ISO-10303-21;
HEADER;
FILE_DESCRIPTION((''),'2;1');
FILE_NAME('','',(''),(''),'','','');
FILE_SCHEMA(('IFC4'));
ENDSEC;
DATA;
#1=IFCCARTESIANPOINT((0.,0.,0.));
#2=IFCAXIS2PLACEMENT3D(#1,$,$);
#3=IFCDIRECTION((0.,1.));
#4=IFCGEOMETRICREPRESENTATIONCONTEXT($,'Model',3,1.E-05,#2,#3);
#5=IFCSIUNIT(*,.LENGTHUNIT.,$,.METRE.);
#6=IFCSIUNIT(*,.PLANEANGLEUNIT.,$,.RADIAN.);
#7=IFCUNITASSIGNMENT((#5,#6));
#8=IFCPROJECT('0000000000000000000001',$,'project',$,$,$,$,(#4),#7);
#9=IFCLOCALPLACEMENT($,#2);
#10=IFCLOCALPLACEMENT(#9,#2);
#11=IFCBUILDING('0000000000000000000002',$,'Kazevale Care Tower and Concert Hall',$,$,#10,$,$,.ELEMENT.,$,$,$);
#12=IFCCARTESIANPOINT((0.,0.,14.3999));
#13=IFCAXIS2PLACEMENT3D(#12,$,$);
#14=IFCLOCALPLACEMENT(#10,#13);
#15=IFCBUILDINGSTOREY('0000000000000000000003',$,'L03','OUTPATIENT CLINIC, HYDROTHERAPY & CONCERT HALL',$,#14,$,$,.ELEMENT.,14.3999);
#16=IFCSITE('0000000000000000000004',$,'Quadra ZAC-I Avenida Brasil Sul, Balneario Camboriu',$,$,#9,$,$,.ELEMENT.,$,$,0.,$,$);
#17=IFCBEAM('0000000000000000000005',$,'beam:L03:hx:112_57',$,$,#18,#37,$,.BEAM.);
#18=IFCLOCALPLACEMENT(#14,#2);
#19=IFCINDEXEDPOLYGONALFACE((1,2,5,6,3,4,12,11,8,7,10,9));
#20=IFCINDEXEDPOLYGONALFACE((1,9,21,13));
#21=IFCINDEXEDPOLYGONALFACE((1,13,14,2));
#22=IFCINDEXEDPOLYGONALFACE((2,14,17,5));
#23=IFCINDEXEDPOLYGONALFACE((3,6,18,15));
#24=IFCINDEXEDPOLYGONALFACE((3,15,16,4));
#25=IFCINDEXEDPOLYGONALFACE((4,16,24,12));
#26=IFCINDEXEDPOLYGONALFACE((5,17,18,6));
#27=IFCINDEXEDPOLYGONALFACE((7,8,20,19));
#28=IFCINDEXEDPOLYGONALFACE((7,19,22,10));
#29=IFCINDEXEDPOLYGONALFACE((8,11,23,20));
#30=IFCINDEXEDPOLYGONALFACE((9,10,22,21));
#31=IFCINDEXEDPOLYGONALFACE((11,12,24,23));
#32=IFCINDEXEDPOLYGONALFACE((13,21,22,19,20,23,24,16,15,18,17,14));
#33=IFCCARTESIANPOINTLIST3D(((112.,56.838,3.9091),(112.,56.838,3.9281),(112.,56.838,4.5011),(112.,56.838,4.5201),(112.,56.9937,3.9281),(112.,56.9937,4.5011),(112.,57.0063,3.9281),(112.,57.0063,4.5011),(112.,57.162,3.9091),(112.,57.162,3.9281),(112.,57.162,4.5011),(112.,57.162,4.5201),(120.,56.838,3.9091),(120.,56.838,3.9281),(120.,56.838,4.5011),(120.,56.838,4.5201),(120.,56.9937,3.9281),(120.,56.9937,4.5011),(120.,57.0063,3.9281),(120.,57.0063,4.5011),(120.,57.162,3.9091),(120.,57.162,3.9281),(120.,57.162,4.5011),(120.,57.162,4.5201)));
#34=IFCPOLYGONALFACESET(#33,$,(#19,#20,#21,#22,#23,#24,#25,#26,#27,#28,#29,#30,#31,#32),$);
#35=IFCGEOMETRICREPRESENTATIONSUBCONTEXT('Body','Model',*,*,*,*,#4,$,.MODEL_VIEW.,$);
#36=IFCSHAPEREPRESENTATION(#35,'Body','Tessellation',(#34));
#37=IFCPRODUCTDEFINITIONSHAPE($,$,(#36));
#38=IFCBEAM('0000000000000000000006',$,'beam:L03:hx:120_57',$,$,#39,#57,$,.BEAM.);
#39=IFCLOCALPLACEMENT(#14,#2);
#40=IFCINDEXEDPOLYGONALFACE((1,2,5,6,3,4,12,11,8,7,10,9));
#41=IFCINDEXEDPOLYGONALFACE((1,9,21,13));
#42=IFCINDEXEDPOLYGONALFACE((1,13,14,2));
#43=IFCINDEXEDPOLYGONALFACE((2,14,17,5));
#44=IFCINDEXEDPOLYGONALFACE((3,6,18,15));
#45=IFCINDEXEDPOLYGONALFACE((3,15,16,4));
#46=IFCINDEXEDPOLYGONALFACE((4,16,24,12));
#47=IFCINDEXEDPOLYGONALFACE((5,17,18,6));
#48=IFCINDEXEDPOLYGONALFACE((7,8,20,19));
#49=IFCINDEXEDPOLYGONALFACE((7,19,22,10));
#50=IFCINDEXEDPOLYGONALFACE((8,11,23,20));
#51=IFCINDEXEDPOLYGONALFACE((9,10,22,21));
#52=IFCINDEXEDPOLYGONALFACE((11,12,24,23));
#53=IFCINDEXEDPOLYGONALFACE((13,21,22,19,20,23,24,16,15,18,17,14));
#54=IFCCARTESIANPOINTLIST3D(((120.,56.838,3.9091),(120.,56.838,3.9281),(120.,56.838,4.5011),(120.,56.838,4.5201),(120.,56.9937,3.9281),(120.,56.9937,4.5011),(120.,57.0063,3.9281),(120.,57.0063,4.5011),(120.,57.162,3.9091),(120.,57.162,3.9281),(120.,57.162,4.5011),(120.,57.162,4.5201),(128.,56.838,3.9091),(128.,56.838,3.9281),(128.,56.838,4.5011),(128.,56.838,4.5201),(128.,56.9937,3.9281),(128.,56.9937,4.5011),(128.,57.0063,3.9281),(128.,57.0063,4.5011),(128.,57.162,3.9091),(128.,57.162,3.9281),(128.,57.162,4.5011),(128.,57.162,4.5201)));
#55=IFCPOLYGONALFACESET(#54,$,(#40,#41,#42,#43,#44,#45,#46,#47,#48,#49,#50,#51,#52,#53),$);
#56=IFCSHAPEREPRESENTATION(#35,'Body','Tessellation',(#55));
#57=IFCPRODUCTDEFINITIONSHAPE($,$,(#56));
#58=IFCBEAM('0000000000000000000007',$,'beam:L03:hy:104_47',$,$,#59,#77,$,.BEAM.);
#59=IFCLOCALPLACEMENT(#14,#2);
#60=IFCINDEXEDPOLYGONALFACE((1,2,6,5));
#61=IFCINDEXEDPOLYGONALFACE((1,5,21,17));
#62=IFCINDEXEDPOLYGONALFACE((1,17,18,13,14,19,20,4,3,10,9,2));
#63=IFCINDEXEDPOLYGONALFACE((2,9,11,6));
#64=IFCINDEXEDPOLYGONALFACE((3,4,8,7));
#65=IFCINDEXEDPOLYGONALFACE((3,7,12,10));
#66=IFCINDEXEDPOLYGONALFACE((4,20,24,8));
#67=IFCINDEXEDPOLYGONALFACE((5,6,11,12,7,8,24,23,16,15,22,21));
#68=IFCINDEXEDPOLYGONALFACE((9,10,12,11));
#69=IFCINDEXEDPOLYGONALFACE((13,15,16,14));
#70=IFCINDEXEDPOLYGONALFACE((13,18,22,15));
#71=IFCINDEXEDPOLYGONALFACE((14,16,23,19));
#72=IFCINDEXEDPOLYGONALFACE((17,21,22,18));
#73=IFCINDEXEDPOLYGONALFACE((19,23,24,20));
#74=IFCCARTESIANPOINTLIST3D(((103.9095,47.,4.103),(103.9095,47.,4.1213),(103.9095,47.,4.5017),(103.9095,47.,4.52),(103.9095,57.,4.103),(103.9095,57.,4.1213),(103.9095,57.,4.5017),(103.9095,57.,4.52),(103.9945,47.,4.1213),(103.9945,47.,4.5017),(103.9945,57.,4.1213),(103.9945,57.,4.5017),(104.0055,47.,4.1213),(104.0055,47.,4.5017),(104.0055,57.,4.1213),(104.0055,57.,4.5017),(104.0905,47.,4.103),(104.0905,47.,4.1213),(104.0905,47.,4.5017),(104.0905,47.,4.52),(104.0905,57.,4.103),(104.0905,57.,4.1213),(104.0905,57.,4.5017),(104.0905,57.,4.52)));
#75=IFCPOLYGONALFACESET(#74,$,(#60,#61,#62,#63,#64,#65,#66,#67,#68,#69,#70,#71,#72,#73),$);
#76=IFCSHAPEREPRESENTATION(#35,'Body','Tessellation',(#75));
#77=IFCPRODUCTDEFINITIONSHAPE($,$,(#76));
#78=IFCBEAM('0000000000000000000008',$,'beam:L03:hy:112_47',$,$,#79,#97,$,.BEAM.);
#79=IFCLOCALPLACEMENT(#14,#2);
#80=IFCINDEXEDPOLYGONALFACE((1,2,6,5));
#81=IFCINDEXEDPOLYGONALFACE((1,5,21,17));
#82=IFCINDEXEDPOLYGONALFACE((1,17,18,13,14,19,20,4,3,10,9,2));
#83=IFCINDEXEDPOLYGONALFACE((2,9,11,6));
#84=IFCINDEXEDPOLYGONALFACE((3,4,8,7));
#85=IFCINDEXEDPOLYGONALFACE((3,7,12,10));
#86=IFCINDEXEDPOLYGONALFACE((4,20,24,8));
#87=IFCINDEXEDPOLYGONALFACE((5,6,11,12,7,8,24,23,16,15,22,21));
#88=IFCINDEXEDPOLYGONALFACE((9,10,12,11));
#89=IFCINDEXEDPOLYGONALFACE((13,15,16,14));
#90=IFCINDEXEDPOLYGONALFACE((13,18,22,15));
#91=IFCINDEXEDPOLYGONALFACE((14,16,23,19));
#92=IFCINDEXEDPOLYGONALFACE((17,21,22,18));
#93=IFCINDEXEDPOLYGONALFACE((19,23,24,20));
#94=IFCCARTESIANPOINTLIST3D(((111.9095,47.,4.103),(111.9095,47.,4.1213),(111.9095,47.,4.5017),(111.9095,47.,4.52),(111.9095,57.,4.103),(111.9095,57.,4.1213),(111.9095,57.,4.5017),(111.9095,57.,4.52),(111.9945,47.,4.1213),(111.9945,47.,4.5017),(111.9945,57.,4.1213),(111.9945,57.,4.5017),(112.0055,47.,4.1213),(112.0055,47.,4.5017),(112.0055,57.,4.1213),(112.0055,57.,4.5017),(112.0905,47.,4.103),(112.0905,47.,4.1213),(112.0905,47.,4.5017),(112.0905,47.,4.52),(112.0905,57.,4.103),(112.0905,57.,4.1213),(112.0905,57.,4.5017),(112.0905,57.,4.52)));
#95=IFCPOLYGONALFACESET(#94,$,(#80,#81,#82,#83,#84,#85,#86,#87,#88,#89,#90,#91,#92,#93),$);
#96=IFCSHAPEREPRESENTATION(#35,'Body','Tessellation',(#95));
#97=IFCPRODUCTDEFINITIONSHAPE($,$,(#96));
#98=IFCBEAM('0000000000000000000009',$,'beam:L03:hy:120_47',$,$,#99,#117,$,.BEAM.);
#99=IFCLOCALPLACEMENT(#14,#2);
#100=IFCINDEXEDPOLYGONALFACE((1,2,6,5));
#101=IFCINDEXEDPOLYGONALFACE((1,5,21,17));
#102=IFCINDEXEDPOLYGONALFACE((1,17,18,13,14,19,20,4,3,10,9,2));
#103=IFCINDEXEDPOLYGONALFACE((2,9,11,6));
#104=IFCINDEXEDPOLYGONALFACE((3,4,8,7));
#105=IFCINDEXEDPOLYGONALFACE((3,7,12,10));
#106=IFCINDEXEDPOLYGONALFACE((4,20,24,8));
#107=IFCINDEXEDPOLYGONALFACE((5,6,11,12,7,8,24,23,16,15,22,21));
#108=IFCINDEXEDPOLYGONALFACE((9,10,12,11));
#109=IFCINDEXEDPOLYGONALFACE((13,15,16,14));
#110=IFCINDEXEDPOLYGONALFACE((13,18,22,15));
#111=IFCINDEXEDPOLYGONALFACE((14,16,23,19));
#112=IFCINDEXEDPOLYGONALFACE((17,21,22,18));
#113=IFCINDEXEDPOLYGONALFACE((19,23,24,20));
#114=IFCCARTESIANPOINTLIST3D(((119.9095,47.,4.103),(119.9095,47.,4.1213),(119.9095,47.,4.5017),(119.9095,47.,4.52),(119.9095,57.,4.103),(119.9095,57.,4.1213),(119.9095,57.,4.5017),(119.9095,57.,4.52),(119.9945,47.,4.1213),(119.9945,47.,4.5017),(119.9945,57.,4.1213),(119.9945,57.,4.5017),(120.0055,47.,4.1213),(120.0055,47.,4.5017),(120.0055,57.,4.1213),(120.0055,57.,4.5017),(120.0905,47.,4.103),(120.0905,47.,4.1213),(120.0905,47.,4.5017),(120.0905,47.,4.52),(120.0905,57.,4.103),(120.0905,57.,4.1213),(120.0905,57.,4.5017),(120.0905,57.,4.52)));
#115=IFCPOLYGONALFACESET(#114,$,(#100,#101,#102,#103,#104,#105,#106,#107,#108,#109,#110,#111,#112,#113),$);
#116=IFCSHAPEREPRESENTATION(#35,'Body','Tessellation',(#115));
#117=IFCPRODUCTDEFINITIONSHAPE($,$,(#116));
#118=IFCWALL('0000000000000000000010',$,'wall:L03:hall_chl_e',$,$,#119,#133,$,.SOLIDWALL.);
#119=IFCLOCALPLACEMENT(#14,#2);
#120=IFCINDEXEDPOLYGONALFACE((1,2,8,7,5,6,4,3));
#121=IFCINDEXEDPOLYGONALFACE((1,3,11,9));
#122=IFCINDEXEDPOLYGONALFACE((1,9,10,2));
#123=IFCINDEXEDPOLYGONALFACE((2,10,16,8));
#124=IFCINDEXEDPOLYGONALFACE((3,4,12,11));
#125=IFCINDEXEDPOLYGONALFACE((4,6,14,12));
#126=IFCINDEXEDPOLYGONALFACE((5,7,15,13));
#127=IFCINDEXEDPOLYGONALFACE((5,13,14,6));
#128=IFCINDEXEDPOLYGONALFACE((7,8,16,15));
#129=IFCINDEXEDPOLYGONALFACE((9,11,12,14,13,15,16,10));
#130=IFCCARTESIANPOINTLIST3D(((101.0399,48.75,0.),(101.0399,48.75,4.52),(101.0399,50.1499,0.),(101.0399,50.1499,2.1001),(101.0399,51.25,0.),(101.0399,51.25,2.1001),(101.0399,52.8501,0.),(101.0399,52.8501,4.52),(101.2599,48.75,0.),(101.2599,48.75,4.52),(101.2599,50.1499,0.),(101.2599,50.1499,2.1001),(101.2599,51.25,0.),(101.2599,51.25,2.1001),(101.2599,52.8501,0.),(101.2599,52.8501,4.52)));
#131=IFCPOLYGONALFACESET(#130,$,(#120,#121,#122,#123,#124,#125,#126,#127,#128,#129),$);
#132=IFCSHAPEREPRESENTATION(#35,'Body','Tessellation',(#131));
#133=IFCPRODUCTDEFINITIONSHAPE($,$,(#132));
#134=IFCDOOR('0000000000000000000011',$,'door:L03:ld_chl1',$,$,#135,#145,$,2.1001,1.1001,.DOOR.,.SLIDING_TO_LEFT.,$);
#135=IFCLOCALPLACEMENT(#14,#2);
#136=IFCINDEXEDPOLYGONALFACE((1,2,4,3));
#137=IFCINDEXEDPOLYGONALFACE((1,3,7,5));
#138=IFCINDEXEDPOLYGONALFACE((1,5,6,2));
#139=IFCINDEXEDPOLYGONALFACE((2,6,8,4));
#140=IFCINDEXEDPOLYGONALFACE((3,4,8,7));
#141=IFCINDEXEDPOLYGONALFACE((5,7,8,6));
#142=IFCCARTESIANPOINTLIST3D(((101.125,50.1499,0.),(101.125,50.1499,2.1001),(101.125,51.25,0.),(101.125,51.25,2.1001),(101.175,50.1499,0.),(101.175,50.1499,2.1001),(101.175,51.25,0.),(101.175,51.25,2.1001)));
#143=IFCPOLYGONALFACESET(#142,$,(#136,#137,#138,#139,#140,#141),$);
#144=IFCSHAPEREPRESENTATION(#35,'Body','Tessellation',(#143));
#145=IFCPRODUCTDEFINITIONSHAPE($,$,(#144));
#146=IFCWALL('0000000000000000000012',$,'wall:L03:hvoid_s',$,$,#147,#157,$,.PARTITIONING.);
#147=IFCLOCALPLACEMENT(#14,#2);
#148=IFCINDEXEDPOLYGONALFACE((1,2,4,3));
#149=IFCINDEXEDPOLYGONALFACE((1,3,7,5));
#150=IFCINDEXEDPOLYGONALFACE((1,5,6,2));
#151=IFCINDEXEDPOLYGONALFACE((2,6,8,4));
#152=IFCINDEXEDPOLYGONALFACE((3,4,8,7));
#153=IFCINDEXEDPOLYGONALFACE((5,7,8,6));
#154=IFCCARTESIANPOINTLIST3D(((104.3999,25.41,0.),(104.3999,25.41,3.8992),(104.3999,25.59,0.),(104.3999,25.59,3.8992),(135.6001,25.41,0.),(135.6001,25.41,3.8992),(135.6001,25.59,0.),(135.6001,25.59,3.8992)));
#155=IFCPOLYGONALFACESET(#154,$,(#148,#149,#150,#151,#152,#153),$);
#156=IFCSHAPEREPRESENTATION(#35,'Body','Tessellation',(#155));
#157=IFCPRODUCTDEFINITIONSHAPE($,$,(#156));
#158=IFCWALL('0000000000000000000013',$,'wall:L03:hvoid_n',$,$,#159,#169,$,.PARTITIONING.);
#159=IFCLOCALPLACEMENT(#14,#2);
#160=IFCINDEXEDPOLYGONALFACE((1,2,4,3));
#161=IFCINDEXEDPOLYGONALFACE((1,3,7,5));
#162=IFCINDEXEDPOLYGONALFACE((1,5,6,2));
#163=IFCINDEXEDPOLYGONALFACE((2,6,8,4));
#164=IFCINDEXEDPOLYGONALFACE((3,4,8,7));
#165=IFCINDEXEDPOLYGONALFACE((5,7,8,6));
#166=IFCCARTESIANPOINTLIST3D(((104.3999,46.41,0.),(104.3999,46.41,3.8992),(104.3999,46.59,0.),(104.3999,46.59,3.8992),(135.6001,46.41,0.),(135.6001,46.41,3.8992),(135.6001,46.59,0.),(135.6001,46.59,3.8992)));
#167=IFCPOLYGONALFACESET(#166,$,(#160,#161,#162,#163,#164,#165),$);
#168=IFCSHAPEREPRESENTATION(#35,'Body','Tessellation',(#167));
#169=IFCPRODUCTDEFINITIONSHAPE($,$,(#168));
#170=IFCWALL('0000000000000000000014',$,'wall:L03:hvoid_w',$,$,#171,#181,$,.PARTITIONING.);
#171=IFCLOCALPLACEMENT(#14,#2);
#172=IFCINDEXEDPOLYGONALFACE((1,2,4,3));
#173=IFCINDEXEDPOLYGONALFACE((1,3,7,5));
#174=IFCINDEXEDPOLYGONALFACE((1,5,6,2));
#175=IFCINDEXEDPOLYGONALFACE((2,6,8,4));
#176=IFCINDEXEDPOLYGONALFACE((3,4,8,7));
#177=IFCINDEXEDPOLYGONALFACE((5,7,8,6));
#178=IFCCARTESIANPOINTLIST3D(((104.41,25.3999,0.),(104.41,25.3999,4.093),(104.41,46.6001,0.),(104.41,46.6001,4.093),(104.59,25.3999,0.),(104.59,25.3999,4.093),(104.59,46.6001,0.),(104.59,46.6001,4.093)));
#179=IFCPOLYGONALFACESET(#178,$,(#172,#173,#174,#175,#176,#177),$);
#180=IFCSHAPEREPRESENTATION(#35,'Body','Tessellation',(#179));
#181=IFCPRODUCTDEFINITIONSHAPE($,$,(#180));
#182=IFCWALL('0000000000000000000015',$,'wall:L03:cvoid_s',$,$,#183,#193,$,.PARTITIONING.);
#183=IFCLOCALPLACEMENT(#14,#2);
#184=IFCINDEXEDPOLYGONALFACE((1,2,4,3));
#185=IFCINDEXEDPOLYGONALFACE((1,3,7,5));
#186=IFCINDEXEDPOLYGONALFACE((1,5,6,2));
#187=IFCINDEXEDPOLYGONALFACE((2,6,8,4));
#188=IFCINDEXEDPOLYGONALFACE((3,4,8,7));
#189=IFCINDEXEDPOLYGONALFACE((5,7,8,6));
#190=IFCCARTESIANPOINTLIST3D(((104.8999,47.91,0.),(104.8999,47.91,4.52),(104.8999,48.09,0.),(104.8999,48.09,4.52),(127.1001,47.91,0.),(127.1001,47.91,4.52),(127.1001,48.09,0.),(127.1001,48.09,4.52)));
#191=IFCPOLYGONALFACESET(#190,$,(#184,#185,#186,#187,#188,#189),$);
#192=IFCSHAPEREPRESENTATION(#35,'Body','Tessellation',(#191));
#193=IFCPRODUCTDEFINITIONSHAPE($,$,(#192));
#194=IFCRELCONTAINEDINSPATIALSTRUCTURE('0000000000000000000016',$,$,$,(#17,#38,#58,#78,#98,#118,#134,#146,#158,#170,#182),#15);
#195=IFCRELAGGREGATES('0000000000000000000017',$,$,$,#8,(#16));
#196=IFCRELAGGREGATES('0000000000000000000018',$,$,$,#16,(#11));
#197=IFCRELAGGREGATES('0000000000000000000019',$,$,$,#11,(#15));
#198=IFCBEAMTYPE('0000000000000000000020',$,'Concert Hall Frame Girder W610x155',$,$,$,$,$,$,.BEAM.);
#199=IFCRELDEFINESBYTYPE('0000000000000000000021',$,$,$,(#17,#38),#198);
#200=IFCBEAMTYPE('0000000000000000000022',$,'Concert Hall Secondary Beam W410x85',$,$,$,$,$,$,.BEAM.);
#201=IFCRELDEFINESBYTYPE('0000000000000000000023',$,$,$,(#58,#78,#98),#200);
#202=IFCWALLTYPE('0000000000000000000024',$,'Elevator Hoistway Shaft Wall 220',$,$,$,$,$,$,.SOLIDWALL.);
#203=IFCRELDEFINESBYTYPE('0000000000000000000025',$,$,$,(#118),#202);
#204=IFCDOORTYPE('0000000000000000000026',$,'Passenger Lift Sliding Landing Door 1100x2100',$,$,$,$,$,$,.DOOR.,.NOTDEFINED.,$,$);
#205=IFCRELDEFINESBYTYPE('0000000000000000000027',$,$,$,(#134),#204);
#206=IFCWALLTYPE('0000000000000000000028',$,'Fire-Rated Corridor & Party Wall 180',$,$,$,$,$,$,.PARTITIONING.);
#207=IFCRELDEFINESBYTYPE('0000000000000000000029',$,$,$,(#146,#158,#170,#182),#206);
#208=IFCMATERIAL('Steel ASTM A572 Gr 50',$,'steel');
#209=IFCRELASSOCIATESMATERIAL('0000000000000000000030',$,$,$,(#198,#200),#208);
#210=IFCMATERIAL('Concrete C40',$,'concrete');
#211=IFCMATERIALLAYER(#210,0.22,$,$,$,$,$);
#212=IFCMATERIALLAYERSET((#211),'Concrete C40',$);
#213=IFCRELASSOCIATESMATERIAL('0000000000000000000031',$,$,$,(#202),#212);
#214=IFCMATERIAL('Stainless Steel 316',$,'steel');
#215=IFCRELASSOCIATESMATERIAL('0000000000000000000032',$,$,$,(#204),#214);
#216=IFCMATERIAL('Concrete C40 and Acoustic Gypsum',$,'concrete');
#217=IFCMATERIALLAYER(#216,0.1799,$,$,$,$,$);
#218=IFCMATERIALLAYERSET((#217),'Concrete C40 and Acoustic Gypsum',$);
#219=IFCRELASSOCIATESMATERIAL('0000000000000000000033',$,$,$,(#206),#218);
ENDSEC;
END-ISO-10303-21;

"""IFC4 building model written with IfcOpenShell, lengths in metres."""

from ifc_helpers import new_model, si_unit, direction, frame, frame_2d, origin, origin_2d, place, context, subcontext, project, spatial, rectangle, i_section, extrude, material, layer, layer_set, material_profile, profile_set, type_object, element, fill, save


model = new_model("IFC4")

# Units and contexts
model_context = context("Model", 3, precision=1e-05, world=origin(), true_north=direction((0.0, 1.0)))
body_context = subcontext(model_context, "Body", "Model", "MODEL_VIEW")
ifc_project = project(units=[si_unit("LENGTHUNIT", "METRE"), si_unit("PLANEANGLEUNIT", "RADIAN")], contexts=[model_context])

# Site, building, storey
site_placement = place(None, origin())
site = spatial("IfcSite", under=ifc_project, at=site_placement, Name="Quadra ZAC-I Avenida Brasil Sul, Balneario Camboriu", CompositionType="ELEMENT", RefElevation=0.0)
building_placement = place(site_placement, origin())
building = spatial("IfcBuilding", under=site, at=building_placement, Name="Kazevale Care Tower and Concert Hall", CompositionType="ELEMENT")
storey_placement = place(building_placement, frame((0.0, 0.0, 14.3999)))
storey = spatial("IfcBuildingStorey", under=building, at=storey_placement, Name="L03", Description="OUTPATIENT CLINIC, HYDROTHERAPY & CONCERT HALL", CompositionType="ELEMENT", Elevation=14.3999)

# Beams
ifc_material_1 = material(Name="Steel ASTM A572 Gr 50", Category="steel")
ifc_material_profile_1 = material_profile(ifc_material_1, i_section(OverallWidth=0.324, OverallDepth=0.6111, WebThickness=0.0127, FlangeThickness=0.019, at=origin_2d()), Name="W610x155")
ifc_profile_set_1 = profile_set([ifc_material_profile_1], Name="Steel ASTM A572 Gr 50")
beam_type_1 = type_object("IfcBeamType", Name="Concert Hall Frame Girder W610x155", PredefinedType="BEAM", material=ifc_profile_set_1)
for number, where, z_axis, x_axis, name in (
    (1, (112.0, 57.0, 4.2146), (1.0, 0.0, 0.0), (0.0, 1.0, 0.0), "beam:L03:hx:112_57"),
    (2, (120.0, 57.0, 4.2146), (1.0, 0.0, 0.0), (0.0, 1.0, 0.0), "beam:L03:hx:120_57"),
):
    element("IfcBeam", number, at=place(storey_placement, frame(where, z_axis=z_axis, x_axis=x_axis)), inside=storey, type_object=beam_type_1, Name=name, PredefinedType="BEAM", context=body_context, shape_type="SweptSolid", body=[
        extrude(i_section(OverallWidth=0.324, OverallDepth=0.6111, WebThickness=0.0127, FlangeThickness=0.019, at=origin_2d()), origin(), (0.0, 0.0, 1.0), 8.0),
    ])
ifc_material_profile_2 = material_profile(ifc_material_1, i_section(OverallWidth=0.1809, OverallDepth=0.417, WebThickness=0.011, FlangeThickness=0.0183, at=origin_2d()), Name="W410x85")
ifc_profile_set_2 = profile_set([ifc_material_profile_2], Name="Steel ASTM A572 Gr 50")
beam_type_2 = type_object("IfcBeamType", Name="Concert Hall Secondary Beam W410x85", PredefinedType="BEAM", material=ifc_profile_set_2)
for number, where, z_axis, x_axis, name in (
    (3, (104.0, 47.0, 4.3115), (0.0, 1.0, 0.0), (-1.0, 0.0, 0.0), "beam:L03:hy:104_47"),
    (4, (112.0, 47.0, 4.3115), (0.0, 1.0, 0.0), (-1.0, 0.0, 0.0), "beam:L03:hy:112_47"),
    (5, (120.0, 47.0, 4.3115), (0.0, 1.0, 0.0), (-1.0, 0.0, 0.0), "beam:L03:hy:120_47"),
):
    element("IfcBeam", number, at=place(storey_placement, frame(where, z_axis=z_axis, x_axis=x_axis)), inside=storey, type_object=beam_type_2, Name=name, PredefinedType="BEAM", context=body_context, shape_type="SweptSolid", body=[
        extrude(i_section(OverallWidth=0.1809, OverallDepth=0.417, WebThickness=0.011, FlangeThickness=0.0183, at=origin_2d()), origin(), (0.0, 0.0, 1.0), 10.0),
    ])

# Wall, opening, door
ifc_material_2 = material(Name="Concrete C40", Category="concrete")
ifc_layer_1 = layer(ifc_material_2, 0.22)
ifc_layer_set_1 = layer_set([ifc_layer_1], Name="Concrete C40")
wall_type_1 = type_object("IfcWallType", Name="Elevator Hoistway Shaft Wall 220", PredefinedType="SOLIDWALL", material=ifc_layer_set_1)
wall_1_placement = place(storey_placement, frame((101.1499, 48.75, 0.0), z_axis=(0.0, 0.0, 1.0), x_axis=(0.0, 1.0, 0.0)))
wall_1 = element("IfcWall", 6, at=wall_1_placement, inside=storey, type_object=wall_type_1, Name="wall:L03:hall_chl_e", PredefinedType="SOLIDWALL", context=body_context, shape_type="SweptSolid", body=[
    extrude(rectangle(XDim=4.1001, YDim=0.22, at=frame_2d((2.05, 0.0))), origin(), (0.0, 0.0, 1.0), 4.52),
])
opening_1_placement = place(wall_1_placement, frame((1.3999, 0.0, 0.0)))
opening_1 = element("IfcOpeningElement", 7, at=opening_1_placement, cuts=wall_1, PredefinedType="OPENING", context=body_context, shape_type="SweptSolid", body=[
    extrude(rectangle(XDim=1.1001, YDim=2.1001, at=frame_2d((0.55, 1.05))), frame((0.0, 0.1199, 0.0), z_axis=(0.0, -1.0, 0.0), x_axis=(1.0, 0.0, 0.0)), (0.0, 0.0, 1.0), 0.24),
])
ifc_material_3 = material(Name="Stainless Steel 316", Category="steel")
door_type_1 = type_object("IfcDoorType", Name="Passenger Lift Sliding Landing Door 1100x2100", OperationType="NOTDEFINED", PredefinedType="DOOR", material=ifc_material_3)
door_1_placement = place(opening_1_placement, origin())
door_1 = element("IfcDoor", 8, at=door_1_placement, inside=storey, type_object=door_type_1, Name="door:L03:ld_chl1", OperationType="SLIDING_TO_LEFT", OverallHeight=2.1001, OverallWidth=1.1001, PredefinedType="DOOR", context=body_context, shape_type="SweptSolid", body=[
    extrude(rectangle(XDim=1.1001, YDim=2.1001, at=frame_2d((0.55, 1.05))), frame((0.0, 0.0249, 0.0), z_axis=(0.0, -1.0, 0.0), x_axis=(1.0, 0.0, 0.0)), (0.0, 0.0, 1.0), 0.05),
])
fill(opening_1, door_1)

# Walls
ifc_material_4 = material(Name="Concrete C40 and Acoustic Gypsum", Category="concrete")
ifc_layer_2 = layer(ifc_material_4, 0.1799)
ifc_layer_set_2 = layer_set([ifc_layer_2], Name="Concrete C40 and Acoustic Gypsum")
wall_type_2 = type_object("IfcWallType", Name="Fire-Rated Corridor & Party Wall 180", PredefinedType="PARTITIONING", material=ifc_layer_set_2)
for number, where, z_axis, x_axis, name in (
    (9, (104.3999, 25.5, 0.0), (0.0, 0.0, 1.0), (1.0, 0.0, 0.0), "wall:L03:hvoid_s"),
    (10, (104.3999, 46.5, 0.0), (0.0, 0.0, 1.0), (1.0, 0.0, 0.0), "wall:L03:hvoid_n"),
):
    element("IfcWall", number, at=place(storey_placement, frame(where, z_axis=z_axis, x_axis=x_axis)), inside=storey, type_object=wall_type_2, Name=name, PredefinedType="PARTITIONING", context=body_context, shape_type="SweptSolid", body=[
        extrude(rectangle(XDim=31.2002, YDim=0.1799, at=frame_2d((15.6001, 0.0))), origin(), (0.0, 0.0, 1.0), 3.8992),
    ])
wall_2_placement = place(storey_placement, frame((104.5, 25.3999, 0.0), z_axis=(0.0, 0.0, 1.0), x_axis=(0.0, 1.0, 0.0)))
element("IfcWall", 11, at=wall_2_placement, inside=storey, type_object=wall_type_2, Name="wall:L03:hvoid_w", PredefinedType="PARTITIONING", context=body_context, shape_type="SweptSolid", body=[
    extrude(rectangle(XDim=21.2002, YDim=0.1799, at=frame_2d((10.6001, 0.0))), origin(), (0.0, 0.0, 1.0), 4.093),
])
wall_3_placement = place(storey_placement, frame((104.8999, 48.0, 0.0), z_axis=(0.0, 0.0, 1.0), x_axis=(1.0, 0.0, 0.0)))
element("IfcWall", 12, at=wall_3_placement, inside=storey, type_object=wall_type_2, Name="wall:L03:cvoid_s", PredefinedType="PARTITIONING", context=body_context, shape_type="SweptSolid", body=[
    extrude(rectangle(XDim=22.2002, YDim=0.1799, at=frame_2d((11.1001, 0.0))), origin(), (0.0, 0.0, 1.0), 4.52),
])

save(model, "model.ifc")
